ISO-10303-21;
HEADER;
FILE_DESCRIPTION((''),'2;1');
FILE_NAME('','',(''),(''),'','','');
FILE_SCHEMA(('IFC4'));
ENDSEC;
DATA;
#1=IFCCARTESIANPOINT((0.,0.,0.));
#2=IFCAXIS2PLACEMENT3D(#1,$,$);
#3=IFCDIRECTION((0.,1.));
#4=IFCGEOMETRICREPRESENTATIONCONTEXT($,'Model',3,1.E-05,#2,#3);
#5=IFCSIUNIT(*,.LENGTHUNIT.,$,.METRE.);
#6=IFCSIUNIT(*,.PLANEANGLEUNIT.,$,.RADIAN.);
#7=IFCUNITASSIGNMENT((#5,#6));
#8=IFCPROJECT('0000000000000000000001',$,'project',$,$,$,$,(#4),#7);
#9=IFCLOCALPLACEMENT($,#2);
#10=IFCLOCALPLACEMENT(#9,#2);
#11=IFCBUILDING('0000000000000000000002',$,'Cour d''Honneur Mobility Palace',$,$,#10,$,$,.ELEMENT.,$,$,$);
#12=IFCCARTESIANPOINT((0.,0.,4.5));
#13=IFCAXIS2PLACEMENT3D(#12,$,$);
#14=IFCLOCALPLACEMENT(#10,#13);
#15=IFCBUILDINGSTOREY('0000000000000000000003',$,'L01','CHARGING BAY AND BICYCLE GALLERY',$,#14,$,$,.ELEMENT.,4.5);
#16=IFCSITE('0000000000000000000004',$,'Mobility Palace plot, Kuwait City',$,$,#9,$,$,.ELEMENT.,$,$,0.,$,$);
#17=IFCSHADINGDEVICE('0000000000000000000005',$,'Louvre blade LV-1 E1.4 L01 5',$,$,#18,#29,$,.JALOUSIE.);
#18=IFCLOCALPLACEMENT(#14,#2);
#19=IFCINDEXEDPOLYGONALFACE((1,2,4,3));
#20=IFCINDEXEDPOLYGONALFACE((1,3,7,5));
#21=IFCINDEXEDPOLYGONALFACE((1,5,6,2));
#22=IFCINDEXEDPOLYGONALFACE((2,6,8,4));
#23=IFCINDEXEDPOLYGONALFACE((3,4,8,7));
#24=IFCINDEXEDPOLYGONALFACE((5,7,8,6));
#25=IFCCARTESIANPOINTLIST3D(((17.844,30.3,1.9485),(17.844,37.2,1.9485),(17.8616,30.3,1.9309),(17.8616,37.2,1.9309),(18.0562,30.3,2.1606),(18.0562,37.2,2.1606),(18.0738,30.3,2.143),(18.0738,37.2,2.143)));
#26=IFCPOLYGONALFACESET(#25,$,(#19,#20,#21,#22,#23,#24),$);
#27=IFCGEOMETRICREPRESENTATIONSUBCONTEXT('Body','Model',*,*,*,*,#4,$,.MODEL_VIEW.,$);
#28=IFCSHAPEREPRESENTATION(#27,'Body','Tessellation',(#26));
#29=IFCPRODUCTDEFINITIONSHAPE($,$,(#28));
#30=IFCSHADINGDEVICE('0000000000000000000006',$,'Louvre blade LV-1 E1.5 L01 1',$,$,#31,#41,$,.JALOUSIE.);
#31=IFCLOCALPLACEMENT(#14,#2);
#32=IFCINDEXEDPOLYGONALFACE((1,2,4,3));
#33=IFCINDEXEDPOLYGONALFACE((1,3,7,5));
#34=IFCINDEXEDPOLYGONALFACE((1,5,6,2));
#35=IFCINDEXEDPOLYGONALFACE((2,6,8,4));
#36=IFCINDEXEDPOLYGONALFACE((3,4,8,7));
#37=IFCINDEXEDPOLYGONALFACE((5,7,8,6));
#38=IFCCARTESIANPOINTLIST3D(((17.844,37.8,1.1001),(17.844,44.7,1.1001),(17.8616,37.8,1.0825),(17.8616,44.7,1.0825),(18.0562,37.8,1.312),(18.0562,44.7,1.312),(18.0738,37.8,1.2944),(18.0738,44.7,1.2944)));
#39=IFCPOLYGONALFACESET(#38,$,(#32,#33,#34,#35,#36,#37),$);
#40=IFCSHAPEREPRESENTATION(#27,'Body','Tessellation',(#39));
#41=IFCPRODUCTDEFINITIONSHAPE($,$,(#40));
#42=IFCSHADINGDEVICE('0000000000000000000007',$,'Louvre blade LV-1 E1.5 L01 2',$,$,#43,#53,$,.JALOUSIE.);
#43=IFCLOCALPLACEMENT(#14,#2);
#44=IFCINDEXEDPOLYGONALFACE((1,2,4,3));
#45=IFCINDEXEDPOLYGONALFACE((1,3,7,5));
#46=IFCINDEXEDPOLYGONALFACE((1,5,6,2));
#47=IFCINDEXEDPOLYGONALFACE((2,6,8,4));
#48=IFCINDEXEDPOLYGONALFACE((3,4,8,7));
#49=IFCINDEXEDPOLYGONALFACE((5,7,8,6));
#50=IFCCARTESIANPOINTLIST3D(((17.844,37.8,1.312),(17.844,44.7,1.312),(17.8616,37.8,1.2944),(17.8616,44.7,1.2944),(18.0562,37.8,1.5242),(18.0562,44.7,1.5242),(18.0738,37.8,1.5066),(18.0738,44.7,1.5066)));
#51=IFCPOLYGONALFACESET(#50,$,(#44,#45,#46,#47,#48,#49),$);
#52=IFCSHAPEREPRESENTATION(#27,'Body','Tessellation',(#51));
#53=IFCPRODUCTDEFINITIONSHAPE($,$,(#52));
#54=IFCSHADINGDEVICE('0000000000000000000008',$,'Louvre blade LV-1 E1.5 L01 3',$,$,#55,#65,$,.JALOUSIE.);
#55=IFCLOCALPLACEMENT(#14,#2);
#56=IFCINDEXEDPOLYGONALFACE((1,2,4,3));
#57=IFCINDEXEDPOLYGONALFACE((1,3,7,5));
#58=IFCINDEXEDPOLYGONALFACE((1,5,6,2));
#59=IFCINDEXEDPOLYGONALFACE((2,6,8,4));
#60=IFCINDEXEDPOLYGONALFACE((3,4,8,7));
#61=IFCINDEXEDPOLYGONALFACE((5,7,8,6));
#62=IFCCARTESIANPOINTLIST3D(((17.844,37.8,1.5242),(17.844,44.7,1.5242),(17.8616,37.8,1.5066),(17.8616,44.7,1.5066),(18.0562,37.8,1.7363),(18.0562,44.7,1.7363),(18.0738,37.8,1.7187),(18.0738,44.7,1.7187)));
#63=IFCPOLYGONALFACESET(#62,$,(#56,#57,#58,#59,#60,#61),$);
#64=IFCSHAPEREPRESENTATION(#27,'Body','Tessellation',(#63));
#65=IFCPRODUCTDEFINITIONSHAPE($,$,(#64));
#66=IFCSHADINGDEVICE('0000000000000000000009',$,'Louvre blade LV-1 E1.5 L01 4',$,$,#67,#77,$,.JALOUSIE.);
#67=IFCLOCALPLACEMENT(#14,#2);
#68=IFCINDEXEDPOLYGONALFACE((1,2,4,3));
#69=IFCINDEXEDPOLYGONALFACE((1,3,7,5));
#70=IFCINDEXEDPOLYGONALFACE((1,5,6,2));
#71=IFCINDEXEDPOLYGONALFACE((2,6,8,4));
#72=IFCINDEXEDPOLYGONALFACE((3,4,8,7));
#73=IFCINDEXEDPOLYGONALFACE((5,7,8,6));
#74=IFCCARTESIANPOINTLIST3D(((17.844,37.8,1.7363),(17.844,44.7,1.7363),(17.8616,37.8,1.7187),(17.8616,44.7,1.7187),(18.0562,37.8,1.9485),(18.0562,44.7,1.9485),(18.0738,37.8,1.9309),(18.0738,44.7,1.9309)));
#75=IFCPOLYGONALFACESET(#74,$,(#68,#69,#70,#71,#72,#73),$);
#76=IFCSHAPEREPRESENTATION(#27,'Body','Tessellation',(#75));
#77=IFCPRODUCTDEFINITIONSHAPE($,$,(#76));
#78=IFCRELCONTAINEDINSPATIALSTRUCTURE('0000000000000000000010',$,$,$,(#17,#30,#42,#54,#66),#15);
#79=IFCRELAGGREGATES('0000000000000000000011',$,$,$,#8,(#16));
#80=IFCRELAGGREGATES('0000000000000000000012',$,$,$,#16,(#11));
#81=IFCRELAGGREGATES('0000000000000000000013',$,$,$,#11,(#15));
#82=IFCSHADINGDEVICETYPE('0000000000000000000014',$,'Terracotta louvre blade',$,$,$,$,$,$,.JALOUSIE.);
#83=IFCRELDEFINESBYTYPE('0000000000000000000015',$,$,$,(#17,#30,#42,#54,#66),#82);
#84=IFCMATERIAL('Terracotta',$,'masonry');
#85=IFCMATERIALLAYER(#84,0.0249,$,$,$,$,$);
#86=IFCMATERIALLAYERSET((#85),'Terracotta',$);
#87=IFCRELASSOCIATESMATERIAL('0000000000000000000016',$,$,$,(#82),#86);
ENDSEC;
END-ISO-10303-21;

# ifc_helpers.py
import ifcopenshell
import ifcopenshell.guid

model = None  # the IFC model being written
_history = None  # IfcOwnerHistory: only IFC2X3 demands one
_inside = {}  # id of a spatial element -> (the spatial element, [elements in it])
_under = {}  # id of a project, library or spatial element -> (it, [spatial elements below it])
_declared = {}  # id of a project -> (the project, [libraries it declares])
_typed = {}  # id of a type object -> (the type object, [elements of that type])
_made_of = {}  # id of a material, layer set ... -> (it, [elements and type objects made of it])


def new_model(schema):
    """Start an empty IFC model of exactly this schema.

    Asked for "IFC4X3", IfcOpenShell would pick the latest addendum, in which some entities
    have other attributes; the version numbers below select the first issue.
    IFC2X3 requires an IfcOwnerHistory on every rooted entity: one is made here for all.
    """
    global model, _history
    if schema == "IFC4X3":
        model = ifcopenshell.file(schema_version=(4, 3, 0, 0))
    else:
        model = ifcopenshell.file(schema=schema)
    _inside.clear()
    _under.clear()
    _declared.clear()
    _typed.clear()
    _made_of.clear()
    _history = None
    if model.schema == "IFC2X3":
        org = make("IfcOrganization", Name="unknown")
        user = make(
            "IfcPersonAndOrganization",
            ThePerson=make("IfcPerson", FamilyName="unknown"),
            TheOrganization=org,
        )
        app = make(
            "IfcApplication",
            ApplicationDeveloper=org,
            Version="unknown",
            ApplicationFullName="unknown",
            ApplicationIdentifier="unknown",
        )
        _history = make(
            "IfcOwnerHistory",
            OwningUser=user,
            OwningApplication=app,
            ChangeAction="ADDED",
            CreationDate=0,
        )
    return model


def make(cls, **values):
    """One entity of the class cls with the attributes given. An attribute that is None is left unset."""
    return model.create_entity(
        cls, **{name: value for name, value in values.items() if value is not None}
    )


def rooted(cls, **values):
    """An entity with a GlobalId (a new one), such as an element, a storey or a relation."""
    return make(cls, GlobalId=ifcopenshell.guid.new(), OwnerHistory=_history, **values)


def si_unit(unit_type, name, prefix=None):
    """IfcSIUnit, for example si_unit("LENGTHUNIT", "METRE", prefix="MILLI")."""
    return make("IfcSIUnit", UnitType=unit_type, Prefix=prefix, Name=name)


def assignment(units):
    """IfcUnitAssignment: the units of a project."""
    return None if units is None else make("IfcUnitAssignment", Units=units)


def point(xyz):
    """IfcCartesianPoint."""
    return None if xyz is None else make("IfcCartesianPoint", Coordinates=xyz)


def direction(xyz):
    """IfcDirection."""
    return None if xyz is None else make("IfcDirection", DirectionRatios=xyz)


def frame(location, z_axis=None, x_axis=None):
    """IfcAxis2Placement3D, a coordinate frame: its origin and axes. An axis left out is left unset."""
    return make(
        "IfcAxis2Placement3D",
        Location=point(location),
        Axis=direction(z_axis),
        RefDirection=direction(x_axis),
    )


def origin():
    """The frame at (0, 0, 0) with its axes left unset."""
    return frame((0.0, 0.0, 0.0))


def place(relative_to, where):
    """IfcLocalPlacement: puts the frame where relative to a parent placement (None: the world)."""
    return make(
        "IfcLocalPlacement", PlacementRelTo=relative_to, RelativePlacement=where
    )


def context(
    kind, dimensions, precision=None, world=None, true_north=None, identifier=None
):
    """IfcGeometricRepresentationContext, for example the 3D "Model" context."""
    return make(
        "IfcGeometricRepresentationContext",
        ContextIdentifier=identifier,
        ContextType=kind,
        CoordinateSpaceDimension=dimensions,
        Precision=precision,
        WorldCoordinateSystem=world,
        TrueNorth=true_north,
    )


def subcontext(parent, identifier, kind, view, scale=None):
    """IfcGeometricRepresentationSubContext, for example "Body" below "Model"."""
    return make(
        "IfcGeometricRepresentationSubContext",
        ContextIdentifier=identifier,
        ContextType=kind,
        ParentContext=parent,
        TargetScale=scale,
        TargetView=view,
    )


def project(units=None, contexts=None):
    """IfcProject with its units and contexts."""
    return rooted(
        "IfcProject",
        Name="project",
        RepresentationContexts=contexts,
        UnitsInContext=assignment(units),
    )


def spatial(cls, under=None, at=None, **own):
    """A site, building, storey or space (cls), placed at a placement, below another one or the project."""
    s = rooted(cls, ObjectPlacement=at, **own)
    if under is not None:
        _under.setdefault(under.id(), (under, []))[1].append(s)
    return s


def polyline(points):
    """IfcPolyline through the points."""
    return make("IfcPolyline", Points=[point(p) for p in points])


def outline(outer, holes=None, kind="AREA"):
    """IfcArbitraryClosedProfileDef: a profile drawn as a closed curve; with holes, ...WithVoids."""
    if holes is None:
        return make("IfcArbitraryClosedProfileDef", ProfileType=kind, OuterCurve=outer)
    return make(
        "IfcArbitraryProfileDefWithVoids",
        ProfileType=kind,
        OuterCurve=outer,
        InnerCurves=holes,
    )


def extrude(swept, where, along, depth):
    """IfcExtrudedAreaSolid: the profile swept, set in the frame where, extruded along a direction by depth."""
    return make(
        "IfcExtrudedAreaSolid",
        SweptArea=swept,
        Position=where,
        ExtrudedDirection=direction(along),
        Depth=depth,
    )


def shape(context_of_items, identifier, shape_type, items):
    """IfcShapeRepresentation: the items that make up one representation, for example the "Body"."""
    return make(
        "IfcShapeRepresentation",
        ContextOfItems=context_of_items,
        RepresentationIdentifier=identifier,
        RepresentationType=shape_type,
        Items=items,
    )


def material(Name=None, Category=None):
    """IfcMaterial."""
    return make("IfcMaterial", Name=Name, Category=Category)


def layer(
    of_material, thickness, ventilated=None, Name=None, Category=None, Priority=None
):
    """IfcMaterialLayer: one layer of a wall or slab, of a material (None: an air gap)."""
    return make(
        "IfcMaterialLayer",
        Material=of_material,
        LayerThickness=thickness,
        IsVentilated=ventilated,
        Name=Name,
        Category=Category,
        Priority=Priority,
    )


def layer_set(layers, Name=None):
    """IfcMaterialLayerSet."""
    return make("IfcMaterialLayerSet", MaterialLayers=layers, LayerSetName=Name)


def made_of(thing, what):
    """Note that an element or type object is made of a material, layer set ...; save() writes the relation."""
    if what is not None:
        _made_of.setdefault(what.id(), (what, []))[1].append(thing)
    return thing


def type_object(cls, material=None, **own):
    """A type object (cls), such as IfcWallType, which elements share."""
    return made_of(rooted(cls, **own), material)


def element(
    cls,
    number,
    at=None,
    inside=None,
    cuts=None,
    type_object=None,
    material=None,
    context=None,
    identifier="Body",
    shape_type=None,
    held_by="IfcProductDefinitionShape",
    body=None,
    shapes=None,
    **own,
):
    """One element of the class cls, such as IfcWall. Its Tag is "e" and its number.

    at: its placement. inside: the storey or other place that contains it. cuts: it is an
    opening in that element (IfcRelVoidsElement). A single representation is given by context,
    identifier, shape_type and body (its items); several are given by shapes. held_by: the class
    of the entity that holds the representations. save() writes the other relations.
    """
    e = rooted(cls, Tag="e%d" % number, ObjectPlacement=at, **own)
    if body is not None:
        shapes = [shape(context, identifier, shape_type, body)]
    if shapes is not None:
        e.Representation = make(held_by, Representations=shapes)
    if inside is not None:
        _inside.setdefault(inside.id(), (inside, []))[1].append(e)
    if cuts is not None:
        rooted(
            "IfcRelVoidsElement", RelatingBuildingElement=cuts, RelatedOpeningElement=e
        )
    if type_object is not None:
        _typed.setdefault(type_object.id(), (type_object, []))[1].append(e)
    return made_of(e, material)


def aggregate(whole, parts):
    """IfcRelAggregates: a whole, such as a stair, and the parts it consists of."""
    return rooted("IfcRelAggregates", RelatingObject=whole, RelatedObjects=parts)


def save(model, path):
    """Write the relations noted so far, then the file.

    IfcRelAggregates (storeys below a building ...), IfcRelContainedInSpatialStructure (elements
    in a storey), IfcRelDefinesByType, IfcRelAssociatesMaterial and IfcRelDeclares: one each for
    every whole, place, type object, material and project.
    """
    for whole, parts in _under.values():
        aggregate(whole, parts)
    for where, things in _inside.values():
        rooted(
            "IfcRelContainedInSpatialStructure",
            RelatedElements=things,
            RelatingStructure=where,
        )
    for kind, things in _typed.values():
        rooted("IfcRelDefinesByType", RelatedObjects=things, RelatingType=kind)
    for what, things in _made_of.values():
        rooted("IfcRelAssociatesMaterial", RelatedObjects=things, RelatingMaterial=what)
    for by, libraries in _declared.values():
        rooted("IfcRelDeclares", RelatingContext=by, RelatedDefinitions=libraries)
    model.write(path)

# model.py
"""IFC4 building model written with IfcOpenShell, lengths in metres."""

from ifc_helpers import new_model, si_unit, direction, frame, origin, place, context, subcontext, project, spatial, polyline, outline, extrude, material, layer, layer_set, type_object, element, save


model = new_model("IFC4")

# Units and contexts
model_context = context("Model", 3, precision=1e-05, world=origin(), true_north=direction((0.0, 1.0)))
body_context = subcontext(model_context, "Body", "Model", "MODEL_VIEW")
ifc_project = project(units=[si_unit("LENGTHUNIT", "METRE"), si_unit("PLANEANGLEUNIT", "RADIAN")], contexts=[model_context])

# Site, building, storey
site_placement = place(None, origin())
site = spatial("IfcSite", under=ifc_project, at=site_placement, Name="Mobility Palace plot, Kuwait City", CompositionType="ELEMENT", RefElevation=0.0)
building_placement = place(site_placement, origin())
building = spatial("IfcBuilding", under=site, at=building_placement, Name="Cour d'Honneur Mobility Palace", CompositionType="ELEMENT")
storey_placement = place(building_placement, frame((0.0, 0.0, 4.5)))
storey = spatial("IfcBuildingStorey", under=building, at=storey_placement, Name="L01", Description="CHARGING BAY AND BICYCLE GALLERY", CompositionType="ELEMENT", Elevation=4.5)

# Shading devices
ifc_material_1 = material(Name="Terracotta", Category="masonry")
ifc_layer_1 = layer(ifc_material_1, 0.0249)
ifc_layer_set_1 = layer_set([ifc_layer_1], Name="Terracotta")
shading_device_type = type_object("IfcShadingDeviceType", Name="Terracotta louvre blade", PredefinedType="JALOUSIE", material=ifc_layer_set_1)
for number, where, z_axis, x_axis, name in (
    (1, (17.844, 30.3, 1.9485), (-0.707107, 0.0, 0.707107), (0.0, 1.0, 0.0), "Louvre blade LV-1 E1.4 L01 5"),
):
    element("IfcShadingDevice", number, at=place(storey_placement, frame(where, z_axis=z_axis, x_axis=x_axis)), inside=storey, type_object=shading_device_type, Name=name, PredefinedType="JALOUSIE", context=body_context, shape_type="SweptSolid", body=[
        extrude(outline(polyline([(0.0, 0.0), (6.8999, 0.0), (6.8999, -0.3), (0.0, -0.3), (0.0, 0.0)])), origin(), (0.0, 0.0, -1.0), 0.0249),
    ])
shading_device_1_placement = place(storey_placement, frame((17.844, 37.8, 1.1001), z_axis=(-0.7067, 0.0, 0.707514), x_axis=(0.0, 1.0, 0.0)))
element("IfcShadingDevice", 2, at=shading_device_1_placement, inside=storey, type_object=shading_device_type, Name="Louvre blade LV-1 E1.5 L01 1", PredefinedType="JALOUSIE", context=body_context, shape_type="SweptSolid", body=[
    extrude(outline(polyline([(0.0, 0.0), (6.8999, 0.0), (6.8999, -0.2999), (0.0, -0.2999), (0.0, 0.0)])), origin(), (0.0, 0.0, -1.0), 0.0249),
])
for number, where, z_axis, x_axis, name in (
    (3, (17.844, 37.8, 1.312), (-0.707107, 0.0, 0.707107), (0.0, 1.0, 0.0), "Louvre blade LV-1 E1.5 L01 2"),
    (4, (17.844, 37.8, 1.5242), (-0.707107, 0.0, 0.707107), (0.0, 1.0, 0.0), "Louvre blade LV-1 E1.5 L01 3"),
    (5, (17.844, 37.8, 1.7363), (-0.707107, 0.0, 0.707107), (0.0, 1.0, 0.0), "Louvre blade LV-1 E1.5 L01 4"),
):
    element("IfcShadingDevice", number, at=place(storey_placement, frame(where, z_axis=z_axis, x_axis=x_axis)), inside=storey, type_object=shading_device_type, Name=name, PredefinedType="JALOUSIE", context=body_context, shape_type="SweptSolid", body=[
        extrude(outline(polyline([(0.0, 0.0), (6.8999, 0.0), (6.8999, -0.3), (0.0, -0.3), (0.0, 0.0)])), origin(), (0.0, 0.0, -1.0), 0.0249),
    ])

save(model, "model.ifc")
